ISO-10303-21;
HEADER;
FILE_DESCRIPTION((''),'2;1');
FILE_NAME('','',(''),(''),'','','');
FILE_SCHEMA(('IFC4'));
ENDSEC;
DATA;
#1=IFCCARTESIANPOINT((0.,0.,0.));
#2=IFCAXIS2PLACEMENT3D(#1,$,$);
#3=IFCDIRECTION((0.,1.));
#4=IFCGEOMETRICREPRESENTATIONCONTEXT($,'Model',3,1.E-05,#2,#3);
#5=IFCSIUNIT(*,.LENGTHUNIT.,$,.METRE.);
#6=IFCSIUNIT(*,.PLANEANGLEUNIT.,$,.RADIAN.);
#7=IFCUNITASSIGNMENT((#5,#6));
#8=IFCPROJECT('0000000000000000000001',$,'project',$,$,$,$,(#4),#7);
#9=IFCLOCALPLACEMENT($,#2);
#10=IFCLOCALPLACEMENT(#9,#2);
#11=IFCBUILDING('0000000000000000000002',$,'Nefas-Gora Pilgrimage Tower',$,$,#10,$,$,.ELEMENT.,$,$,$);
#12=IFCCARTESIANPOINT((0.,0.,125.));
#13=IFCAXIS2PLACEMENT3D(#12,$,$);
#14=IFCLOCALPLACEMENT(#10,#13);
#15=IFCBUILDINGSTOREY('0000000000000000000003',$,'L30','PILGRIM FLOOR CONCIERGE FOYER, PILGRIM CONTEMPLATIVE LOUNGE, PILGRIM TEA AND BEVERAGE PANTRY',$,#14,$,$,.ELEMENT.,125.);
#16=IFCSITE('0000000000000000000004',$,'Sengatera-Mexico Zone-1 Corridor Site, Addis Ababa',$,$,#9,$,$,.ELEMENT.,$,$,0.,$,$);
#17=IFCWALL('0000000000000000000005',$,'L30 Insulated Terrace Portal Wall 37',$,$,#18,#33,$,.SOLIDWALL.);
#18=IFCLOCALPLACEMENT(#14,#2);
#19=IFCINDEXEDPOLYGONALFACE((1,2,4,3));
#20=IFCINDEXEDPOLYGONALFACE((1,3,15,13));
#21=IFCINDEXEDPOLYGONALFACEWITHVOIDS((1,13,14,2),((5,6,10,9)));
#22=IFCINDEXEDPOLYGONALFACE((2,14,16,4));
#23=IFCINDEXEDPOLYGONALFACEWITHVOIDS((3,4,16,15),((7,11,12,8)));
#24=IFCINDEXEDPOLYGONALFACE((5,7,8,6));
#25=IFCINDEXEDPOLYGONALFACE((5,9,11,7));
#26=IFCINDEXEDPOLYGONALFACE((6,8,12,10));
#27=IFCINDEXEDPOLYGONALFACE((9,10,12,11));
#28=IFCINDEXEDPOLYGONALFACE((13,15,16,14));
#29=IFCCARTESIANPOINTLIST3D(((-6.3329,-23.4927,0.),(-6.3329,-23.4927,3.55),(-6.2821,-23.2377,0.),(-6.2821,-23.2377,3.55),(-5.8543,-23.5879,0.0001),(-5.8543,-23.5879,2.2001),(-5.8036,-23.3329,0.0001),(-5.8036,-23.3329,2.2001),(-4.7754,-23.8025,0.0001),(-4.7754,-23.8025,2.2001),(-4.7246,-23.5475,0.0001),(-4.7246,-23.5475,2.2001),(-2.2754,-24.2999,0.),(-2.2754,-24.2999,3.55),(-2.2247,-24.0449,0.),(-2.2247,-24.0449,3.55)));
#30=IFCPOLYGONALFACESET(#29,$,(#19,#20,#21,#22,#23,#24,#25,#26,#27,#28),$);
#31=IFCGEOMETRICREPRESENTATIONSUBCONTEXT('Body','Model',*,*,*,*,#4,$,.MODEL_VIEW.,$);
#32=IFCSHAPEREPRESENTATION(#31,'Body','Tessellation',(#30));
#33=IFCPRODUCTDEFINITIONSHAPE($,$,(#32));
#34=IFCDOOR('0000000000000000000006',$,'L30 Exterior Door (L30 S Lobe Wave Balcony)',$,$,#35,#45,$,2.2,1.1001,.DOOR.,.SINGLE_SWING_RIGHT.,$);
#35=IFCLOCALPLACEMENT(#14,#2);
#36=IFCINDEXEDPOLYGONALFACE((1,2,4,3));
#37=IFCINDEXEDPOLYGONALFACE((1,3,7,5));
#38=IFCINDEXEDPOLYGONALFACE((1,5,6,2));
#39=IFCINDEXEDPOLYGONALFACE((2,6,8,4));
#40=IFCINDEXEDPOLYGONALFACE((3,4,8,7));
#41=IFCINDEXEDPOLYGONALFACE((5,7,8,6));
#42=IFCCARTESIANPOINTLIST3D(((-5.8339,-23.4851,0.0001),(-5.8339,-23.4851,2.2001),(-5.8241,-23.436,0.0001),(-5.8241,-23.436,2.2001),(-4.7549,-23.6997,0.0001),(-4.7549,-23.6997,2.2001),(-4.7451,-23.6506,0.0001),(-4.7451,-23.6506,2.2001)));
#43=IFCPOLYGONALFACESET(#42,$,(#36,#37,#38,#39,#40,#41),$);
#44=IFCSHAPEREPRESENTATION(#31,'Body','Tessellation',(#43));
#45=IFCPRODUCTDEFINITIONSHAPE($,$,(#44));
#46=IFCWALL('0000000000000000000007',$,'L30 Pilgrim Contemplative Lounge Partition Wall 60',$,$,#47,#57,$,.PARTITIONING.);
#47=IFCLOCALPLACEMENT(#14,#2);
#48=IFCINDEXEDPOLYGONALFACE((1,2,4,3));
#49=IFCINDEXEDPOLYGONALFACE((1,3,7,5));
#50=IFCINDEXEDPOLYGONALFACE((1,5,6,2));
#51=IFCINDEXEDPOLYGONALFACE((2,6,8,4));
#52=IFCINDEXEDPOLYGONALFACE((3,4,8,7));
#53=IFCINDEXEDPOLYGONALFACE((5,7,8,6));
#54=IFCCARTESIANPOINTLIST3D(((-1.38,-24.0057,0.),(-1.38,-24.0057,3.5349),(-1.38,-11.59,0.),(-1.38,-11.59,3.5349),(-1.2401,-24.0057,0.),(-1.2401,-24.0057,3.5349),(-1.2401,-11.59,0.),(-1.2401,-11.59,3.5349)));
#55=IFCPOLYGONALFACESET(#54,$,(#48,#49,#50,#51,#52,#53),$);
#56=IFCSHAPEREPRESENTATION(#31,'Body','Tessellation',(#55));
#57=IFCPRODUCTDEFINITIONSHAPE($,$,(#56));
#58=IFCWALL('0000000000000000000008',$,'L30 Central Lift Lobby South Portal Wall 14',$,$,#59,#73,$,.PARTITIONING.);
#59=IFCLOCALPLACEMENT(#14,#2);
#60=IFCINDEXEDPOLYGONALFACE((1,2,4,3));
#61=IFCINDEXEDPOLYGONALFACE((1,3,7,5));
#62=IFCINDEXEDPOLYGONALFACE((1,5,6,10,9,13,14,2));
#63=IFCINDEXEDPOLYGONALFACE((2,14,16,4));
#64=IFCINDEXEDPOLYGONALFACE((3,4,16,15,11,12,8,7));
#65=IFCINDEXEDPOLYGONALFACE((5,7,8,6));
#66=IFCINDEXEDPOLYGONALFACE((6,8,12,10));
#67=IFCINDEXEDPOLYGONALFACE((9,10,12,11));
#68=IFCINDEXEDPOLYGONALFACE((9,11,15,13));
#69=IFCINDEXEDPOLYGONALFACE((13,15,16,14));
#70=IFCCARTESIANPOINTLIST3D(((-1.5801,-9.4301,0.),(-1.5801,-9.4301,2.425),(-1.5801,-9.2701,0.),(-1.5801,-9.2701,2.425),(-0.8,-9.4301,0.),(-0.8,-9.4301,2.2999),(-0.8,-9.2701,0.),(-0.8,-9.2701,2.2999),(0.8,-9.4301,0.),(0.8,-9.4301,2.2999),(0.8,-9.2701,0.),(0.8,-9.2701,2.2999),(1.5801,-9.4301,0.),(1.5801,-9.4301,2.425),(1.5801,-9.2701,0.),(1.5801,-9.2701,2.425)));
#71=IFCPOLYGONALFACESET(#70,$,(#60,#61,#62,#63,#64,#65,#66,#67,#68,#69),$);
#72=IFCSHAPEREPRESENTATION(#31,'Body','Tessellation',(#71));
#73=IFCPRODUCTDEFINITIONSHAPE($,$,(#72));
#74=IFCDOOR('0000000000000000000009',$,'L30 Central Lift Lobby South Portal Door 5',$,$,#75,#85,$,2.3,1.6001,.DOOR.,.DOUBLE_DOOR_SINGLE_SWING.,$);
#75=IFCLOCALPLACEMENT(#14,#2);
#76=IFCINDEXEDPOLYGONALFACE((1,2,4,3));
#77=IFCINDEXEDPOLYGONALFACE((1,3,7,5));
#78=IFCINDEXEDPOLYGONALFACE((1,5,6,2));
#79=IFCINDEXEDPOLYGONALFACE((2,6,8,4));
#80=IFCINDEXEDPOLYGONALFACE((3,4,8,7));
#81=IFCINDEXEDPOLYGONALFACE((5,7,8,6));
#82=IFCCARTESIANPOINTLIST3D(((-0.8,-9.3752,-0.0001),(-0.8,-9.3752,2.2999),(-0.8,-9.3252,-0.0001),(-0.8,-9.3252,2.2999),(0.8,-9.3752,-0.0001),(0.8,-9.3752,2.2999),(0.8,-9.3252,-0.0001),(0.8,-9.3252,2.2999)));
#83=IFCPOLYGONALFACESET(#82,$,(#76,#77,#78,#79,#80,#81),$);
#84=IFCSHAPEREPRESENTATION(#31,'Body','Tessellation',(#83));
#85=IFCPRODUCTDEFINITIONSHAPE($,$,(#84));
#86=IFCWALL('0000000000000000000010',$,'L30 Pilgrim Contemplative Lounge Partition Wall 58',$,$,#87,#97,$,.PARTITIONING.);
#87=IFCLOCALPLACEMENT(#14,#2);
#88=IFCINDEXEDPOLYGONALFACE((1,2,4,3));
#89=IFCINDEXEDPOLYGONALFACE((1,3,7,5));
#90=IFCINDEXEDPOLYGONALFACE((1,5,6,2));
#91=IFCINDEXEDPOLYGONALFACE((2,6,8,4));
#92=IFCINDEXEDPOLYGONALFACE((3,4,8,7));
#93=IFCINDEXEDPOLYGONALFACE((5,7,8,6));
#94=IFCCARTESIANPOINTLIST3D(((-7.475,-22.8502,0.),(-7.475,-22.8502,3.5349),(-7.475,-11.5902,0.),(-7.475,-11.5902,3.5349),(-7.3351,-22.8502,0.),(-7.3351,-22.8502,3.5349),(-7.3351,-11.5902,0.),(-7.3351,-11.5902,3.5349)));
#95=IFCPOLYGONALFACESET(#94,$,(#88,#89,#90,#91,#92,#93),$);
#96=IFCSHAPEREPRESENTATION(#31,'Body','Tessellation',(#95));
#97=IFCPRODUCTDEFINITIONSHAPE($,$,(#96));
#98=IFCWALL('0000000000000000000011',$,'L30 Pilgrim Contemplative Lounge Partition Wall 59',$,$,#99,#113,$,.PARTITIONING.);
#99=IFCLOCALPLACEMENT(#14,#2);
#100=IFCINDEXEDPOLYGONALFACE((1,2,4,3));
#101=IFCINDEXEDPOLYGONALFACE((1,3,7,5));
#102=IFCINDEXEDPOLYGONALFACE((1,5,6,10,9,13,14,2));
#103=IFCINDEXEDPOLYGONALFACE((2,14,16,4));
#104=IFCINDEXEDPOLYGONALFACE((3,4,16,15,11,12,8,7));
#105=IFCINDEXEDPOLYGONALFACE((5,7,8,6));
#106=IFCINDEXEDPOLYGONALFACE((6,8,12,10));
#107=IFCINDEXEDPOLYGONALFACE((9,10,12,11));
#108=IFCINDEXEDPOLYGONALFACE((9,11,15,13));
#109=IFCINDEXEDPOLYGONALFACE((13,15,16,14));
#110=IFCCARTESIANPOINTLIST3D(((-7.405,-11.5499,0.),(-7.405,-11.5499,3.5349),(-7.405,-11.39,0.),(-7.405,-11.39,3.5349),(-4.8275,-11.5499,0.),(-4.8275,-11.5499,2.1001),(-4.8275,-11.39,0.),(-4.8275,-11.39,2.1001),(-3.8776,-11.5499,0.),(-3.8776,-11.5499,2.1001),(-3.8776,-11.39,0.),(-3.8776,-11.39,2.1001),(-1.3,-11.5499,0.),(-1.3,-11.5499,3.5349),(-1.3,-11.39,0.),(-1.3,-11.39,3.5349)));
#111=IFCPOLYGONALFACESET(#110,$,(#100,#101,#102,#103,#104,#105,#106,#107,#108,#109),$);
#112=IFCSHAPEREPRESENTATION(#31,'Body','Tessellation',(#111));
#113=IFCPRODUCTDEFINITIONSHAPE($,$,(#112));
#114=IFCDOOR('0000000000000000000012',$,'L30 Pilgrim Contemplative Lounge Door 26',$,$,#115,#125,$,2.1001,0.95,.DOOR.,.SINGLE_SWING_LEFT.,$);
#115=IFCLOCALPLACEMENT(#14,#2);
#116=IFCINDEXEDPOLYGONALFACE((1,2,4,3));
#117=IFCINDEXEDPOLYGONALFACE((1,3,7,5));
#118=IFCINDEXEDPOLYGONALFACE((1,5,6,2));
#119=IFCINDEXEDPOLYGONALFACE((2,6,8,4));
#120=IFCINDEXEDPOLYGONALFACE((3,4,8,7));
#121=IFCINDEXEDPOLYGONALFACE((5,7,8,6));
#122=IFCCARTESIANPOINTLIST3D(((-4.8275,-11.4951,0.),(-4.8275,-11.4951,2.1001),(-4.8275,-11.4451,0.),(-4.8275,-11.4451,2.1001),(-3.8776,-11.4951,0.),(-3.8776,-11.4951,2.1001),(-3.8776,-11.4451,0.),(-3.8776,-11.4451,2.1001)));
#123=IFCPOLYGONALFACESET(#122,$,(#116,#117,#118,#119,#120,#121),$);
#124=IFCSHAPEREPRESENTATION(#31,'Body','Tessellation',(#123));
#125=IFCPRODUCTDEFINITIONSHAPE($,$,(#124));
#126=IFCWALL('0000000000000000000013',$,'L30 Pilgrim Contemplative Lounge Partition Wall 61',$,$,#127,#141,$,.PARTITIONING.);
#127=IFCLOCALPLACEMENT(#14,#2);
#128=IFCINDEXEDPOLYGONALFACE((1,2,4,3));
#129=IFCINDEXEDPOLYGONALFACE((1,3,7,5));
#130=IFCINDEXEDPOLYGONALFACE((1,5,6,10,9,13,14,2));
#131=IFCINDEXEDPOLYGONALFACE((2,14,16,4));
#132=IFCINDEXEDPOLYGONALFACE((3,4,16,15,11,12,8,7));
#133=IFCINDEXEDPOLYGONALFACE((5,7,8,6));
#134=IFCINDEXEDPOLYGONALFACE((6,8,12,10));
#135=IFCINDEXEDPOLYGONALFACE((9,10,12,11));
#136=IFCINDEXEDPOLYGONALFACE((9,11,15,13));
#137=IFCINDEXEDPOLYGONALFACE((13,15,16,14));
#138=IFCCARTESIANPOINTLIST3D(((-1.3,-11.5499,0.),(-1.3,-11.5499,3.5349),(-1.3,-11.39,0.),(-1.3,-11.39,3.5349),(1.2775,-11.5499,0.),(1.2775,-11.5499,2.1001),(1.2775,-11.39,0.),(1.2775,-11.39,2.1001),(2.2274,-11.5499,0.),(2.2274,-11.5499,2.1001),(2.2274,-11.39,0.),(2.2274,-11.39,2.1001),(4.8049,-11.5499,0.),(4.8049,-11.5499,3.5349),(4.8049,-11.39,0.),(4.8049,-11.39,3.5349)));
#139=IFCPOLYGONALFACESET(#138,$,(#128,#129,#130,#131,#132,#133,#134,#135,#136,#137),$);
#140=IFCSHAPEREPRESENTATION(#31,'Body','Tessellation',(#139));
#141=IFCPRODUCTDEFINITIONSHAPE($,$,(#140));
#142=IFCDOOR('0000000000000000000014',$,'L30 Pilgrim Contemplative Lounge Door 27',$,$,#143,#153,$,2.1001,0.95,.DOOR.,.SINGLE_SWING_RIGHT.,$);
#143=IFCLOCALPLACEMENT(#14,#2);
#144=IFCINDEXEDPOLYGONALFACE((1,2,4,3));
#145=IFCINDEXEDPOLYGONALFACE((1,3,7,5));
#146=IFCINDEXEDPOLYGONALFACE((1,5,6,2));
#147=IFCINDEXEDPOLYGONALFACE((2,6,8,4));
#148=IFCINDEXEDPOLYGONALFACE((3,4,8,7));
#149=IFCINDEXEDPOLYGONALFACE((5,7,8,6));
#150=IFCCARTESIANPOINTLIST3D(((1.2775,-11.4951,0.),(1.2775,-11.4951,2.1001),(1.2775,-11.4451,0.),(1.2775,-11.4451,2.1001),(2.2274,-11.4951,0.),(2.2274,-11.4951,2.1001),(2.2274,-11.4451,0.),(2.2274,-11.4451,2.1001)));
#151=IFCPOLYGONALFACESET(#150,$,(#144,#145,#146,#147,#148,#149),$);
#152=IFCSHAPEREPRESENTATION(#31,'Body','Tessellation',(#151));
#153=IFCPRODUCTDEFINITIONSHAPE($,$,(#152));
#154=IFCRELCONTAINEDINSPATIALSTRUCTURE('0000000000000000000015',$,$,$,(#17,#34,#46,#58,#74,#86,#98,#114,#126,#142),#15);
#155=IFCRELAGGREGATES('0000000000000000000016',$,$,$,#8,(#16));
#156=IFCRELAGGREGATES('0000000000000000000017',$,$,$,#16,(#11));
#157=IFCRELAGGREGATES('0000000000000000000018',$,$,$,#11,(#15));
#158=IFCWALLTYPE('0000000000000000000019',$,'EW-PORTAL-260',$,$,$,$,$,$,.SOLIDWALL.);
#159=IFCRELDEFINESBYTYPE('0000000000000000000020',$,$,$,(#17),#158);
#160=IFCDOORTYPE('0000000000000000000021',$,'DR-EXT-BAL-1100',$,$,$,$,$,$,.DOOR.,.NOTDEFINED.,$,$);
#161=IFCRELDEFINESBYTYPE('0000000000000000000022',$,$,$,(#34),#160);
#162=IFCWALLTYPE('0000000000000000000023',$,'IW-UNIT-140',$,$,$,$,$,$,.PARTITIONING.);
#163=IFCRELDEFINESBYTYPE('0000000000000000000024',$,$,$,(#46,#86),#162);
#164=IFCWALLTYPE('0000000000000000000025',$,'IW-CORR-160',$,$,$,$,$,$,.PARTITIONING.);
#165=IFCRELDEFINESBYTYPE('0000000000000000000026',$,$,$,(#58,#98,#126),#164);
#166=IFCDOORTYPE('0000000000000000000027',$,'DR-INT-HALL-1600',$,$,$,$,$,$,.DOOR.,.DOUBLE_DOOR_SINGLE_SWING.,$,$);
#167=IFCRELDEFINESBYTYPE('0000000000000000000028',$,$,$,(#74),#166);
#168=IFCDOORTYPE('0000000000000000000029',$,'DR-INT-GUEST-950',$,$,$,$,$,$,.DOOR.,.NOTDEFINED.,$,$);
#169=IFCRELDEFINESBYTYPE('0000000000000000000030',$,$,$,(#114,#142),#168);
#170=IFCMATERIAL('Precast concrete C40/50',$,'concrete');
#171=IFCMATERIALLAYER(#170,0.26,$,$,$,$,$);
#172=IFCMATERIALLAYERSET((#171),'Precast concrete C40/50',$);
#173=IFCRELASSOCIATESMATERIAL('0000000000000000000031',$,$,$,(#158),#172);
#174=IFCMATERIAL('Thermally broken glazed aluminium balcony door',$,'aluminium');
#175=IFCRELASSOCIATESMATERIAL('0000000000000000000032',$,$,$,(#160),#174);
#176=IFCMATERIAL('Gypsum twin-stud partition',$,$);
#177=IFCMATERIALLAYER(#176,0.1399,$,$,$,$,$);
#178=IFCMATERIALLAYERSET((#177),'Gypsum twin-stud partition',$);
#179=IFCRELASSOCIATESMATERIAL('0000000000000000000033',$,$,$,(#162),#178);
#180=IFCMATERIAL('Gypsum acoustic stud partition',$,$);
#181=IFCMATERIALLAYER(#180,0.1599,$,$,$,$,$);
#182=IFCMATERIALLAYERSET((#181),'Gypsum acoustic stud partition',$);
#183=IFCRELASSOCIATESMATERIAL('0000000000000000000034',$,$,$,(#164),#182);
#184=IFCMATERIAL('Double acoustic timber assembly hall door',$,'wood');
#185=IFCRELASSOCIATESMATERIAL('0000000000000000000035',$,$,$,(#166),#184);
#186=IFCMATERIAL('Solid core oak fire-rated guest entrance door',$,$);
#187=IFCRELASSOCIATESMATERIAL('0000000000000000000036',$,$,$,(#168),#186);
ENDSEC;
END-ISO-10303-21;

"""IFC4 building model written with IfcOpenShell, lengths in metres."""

from ifc_helpers import new_model, si_unit, direction, frame, frame_2d, origin, place, context, subcontext, project, spatial, rectangle, extrude, source, transform, mapped, material, layer, layer_set, type_object, element, fill, save


model = new_model("IFC4")

# Units and contexts
model_context = context("Model", 3, precision=1e-05, world=origin(), true_north=direction((0.0, 1.0)))
body_context = subcontext(model_context, "Body", "Model", "MODEL_VIEW")
ifc_project = project(units=[si_unit("LENGTHUNIT", "METRE"), si_unit("PLANEANGLEUNIT", "RADIAN")], contexts=[model_context])

# Site, building, storey
site_placement = place(None, origin())
site = spatial("IfcSite", under=ifc_project, at=site_placement, Name="Sengatera-Mexico Zone-1 Corridor Site, Addis Ababa", CompositionType="ELEMENT", RefElevation=0.0)
building_placement = place(site_placement, origin())
building = spatial("IfcBuilding", under=site, at=building_placement, Name="Nefas-Gora Pilgrimage Tower", CompositionType="ELEMENT")
storey_placement = place(building_placement, frame((0.0, 0.0, 125.0)))
storey = spatial("IfcBuildingStorey", under=building, at=storey_placement, Name="L30", Description="PILGRIM FLOOR CONCIERGE FOYER, PILGRIM CONTEMPLATIVE LOUNGE, PILGRIM TEA AND BEVERAGE PANTRY", CompositionType="ELEMENT", Elevation=125.0)

# Shared definitions
ifc_material_1 = material(Name="Precast concrete C40/50", Category="concrete")
ifc_layer_1 = layer(ifc_material_1, 0.26)
ifc_layer_set_1 = layer_set([ifc_layer_1], Name="Precast concrete C40/50")
wall_type_1 = type_object("IfcWallType", Name="EW-PORTAL-260", PredefinedType="SOLIDWALL", material=ifc_layer_set_1)

# Wall, opening, door
shared_shape_1 = source(origin(), body_context, "Body", "SweptSolid", [
    extrude(rectangle(XDim=4.137, YDim=0.26, at=frame_2d((2.0684, 0.0))), origin(), (0.0, 0.0, 1.0), 3.55),
])
wall_1_placement = place(storey_placement, frame((-6.3074, -23.3652, 0.0), z_axis=(0.0, 0.0, 1.0), x_axis=(0.980782, -0.195106, 0.0)))
wall_1 = element("IfcWall", 1, at=wall_1_placement, inside=storey, type_object=wall_type_1, Name="L30 Insulated Terrace Portal Wall 37", PredefinedType="SOLIDWALL", context=body_context, shape_type="MappedRepresentation", body=[
    mapped(shared_shape_1, transform((0.0, 0.0, 0.0), x_axis=(1.0, 0.0, 0.0), y_axis=(0.0, 1.0, 0.0), z_axis=(0.0, 0.0, 1.0), scale=1.0)),
])
opening_1_placement = place(wall_1_placement, frame((0.4878, 0.0, 0.0)))
opening_1 = element("IfcOpeningElement", 2, at=opening_1_placement, cuts=wall_1, PredefinedType="OPENING", context=body_context, shape_type="SweptSolid", body=[
    extrude(rectangle(XDim=1.1001, YDim=2.2, at=frame_2d((0.55, 1.1001))), frame((0.0, 0.1399, 0.0), z_axis=(0.0, -1.0, 0.0), x_axis=(1.0, 0.0, 0.0)), (0.0, 0.0, 1.0), 0.28),
])
ifc_material_2 = material(Name="Thermally broken glazed aluminium balcony door", Category="aluminium")
door_type_1 = type_object("IfcDoorType", Name="DR-EXT-BAL-1100", OperationType="NOTDEFINED", PredefinedType="DOOR", material=ifc_material_2)
shared_shape_2 = source(origin(), body_context, "Body", "SweptSolid", [
    extrude(rectangle(XDim=1.1001, YDim=2.2, at=frame_2d((0.55, 1.1001))), frame((0.0, 0.0249, 0.0), z_axis=(0.0, -1.0, 0.0), x_axis=(1.0, 0.0, 0.0)), (0.0, 0.0, 1.0), 0.05),
])
door_1_placement = place(opening_1_placement, origin())
door_1 = element("IfcDoor", 3, at=door_1_placement, inside=storey, type_object=door_type_1, Name="L30 Exterior Door (L30 S Lobe Wave Balcony)", OperationType="SINGLE_SWING_RIGHT", OverallHeight=2.2, OverallWidth=1.1001, PredefinedType="DOOR", context=body_context, shape_type="MappedRepresentation", body=[
    mapped(shared_shape_2, transform((0.0, 0.0, 0.0), x_axis=(1.0, 0.0, 0.0), y_axis=(0.0, 1.0, 0.0), z_axis=(0.0, 0.0, 1.0), scale=1.0)),
])
fill(opening_1, door_1)

# Wall
ifc_material_3 = material(Name="Gypsum twin-stud partition")
ifc_layer_2 = layer(ifc_material_3, 0.1399)
ifc_layer_set_2 = layer_set([ifc_layer_2], Name="Gypsum twin-stud partition")
wall_type_2 = type_object("IfcWallType", Name="IW-UNIT-140", PredefinedType="PARTITIONING", material=ifc_layer_set_2)
shared_shape_3 = source(origin(), body_context, "Body", "SweptSolid", [
    extrude(rectangle(XDim=12.4158, YDim=0.1399, at=frame_2d((6.208, 0.0))), origin(), (0.0, 0.0, 1.0), 3.5349),
])
wall_2_placement = place(storey_placement, frame((-1.3101, -24.0059, 0.0), z_axis=(0.0, 0.0, 1.0), x_axis=(0.0, 1.0, 0.0)))
element("IfcWall", 4, at=wall_2_placement, inside=storey, type_object=wall_type_2, Name="L30 Pilgrim Contemplative Lounge Partition Wall 60", PredefinedType="PARTITIONING", context=body_context, shape_type="MappedRepresentation", body=[
    mapped(shared_shape_3, transform((0.0, 0.0, 0.0), x_axis=(1.0, 0.0, 0.0), y_axis=(0.0, 1.0, 0.0), z_axis=(0.0, 0.0, 1.0), scale=1.0)),
])

# Wall, opening, door
ifc_material_4 = material(Name="Gypsum acoustic stud partition")
ifc_layer_3 = layer(ifc_material_4, 0.1599)
ifc_layer_set_3 = layer_set([ifc_layer_3], Name="Gypsum acoustic stud partition")
wall_type_3 = type_object("IfcWallType", Name="IW-CORR-160", PredefinedType="PARTITIONING", material=ifc_layer_set_3)
shared_shape_4 = source(origin(), body_context, "Body", "SweptSolid", [
    extrude(rectangle(XDim=3.1602, YDim=0.1599, at=frame_2d((1.5801, 0.0))), origin(), (0.0, 0.0, 1.0), 2.425),
])
wall_3_placement = place(storey_placement, frame((-1.5801, -9.3501, 0.0), z_axis=(0.0, 0.0, 1.0), x_axis=(1.0, 0.0, 0.0)))
wall_3 = element("IfcWall", 5, at=wall_3_placement, inside=storey, type_object=wall_type_3, Name="L30 Central Lift Lobby South Portal Wall 14", PredefinedType="PARTITIONING", context=body_context, shape_type="MappedRepresentation", body=[
    mapped(shared_shape_4, transform((0.0, 0.0, 0.0), x_axis=(1.0, 0.0, 0.0), y_axis=(0.0, 1.0, 0.0), z_axis=(0.0, 0.0, 1.0), scale=1.0)),
])
opening_2_placement = place(wall_3_placement, frame((0.78, 0.0, 0.0)))
opening_2 = element("IfcOpeningElement", 6, at=opening_2_placement, cuts=wall_3, PredefinedType="OPENING", context=body_context, shape_type="SweptSolid", body=[
    extrude(rectangle(XDim=1.6001, YDim=2.3, at=frame_2d((0.8, 1.1499))), frame((0.0, 0.0898, 0.0), z_axis=(0.0, -1.0, 0.0), x_axis=(1.0, 0.0, 0.0)), (0.0, 0.0, 1.0), 0.1799),
])
ifc_material_5 = material(Name="Double acoustic timber assembly hall door", Category="wood")
door_type_2 = type_object("IfcDoorType", Name="DR-INT-HALL-1600", OperationType="DOUBLE_DOOR_SINGLE_SWING", PredefinedType="DOOR", material=ifc_material_5)
shared_shape_5 = source(origin(), body_context, "Body", "SweptSolid", [
    extrude(rectangle(XDim=1.6001, YDim=2.3, at=frame_2d((0.8, 1.1499))), frame((0.0, 0.0249, 0.0), z_axis=(0.0, -1.0, 0.0), x_axis=(1.0, 0.0, 0.0)), (0.0, 0.0, 1.0), 0.05),
])
door_2_placement = place(opening_2_placement, origin())
door_2 = element("IfcDoor", 7, at=door_2_placement, inside=storey, type_object=door_type_2, Name="L30 Central Lift Lobby South Portal Door 5", OperationType="DOUBLE_DOOR_SINGLE_SWING", OverallHeight=2.3, OverallWidth=1.6001, PredefinedType="DOOR", context=body_context, shape_type="MappedRepresentation", body=[
    mapped(shared_shape_5, transform((0.0, 0.0, 0.0), x_axis=(1.0, 0.0, 0.0), y_axis=(0.0, 1.0, 0.0), z_axis=(0.0, 0.0, 1.0), scale=1.0)),
])
fill(opening_2, door_2)

# Wall
shared_shape_6 = source(origin(), body_context, "Body", "SweptSolid", [
    extrude(rectangle(XDim=11.26, YDim=0.1399, at=frame_2d((5.6299, 0.0))), origin(), (0.0, 0.0, 1.0), 3.5349),
])
wall_4_placement = place(storey_placement, frame((-7.405, -22.8501, 0.0), z_axis=(0.0, 0.0, 1.0), x_axis=(0.0, 1.0, 0.0)))
element("IfcWall", 8, at=wall_4_placement, inside=storey, type_object=wall_type_2, Name="L30 Pilgrim Contemplative Lounge Partition Wall 58", PredefinedType="PARTITIONING", context=body_context, shape_type="MappedRepresentation", body=[
    mapped(shared_shape_6, transform((0.0, 0.0, 0.0), x_axis=(1.0, 0.0, 0.0), y_axis=(0.0, 1.0, 0.0), z_axis=(0.0, 0.0, 1.0), scale=1.0)),
])

# Walls, openings, doors
shared_shape_7 = source(origin(), body_context, "Body", "SweptSolid", [
    extrude(rectangle(XDim=6.105, YDim=0.1599, at=frame_2d((3.0525, 0.0))), origin(), (0.0, 0.0, 1.0), 3.5349),
])
wall_5_placement = place(storey_placement, frame((-7.405, -11.47, 0.0), z_axis=(0.0, 0.0, 1.0), x_axis=(1.0, 0.0, 0.0)))
wall_5 = element("IfcWall", 9, at=wall_5_placement, inside=storey, type_object=wall_type_3, Name="L30 Pilgrim Contemplative Lounge Partition Wall 59", PredefinedType="PARTITIONING", context=body_context, shape_type="MappedRepresentation", body=[
    mapped(shared_shape_7, transform((0.0, 0.0, 0.0), x_axis=(1.0, 0.0, 0.0), y_axis=(0.0, 1.0, 0.0), z_axis=(0.0, 0.0, 1.0), scale=1.0)),
])
opening_3_placement = place(wall_5_placement, frame((2.5774, 0.0, 0.0)))
opening_3 = element("IfcOpeningElement", 10, at=opening_3_placement, cuts=wall_5, PredefinedType="OPENING", context=body_context, shape_type="SweptSolid", body=[
    extrude(rectangle(XDim=0.95, YDim=2.1001, at=frame_2d((0.4751, 1.05))), frame((0.0, 0.0898, 0.0), z_axis=(0.0, -1.0, 0.0), x_axis=(1.0, 0.0, 0.0)), (0.0, 0.0, 1.0), 0.1799),
])
ifc_material_6 = material(Name="Solid core oak fire-rated guest entrance door")
door_type_3 = type_object("IfcDoorType", Name="DR-INT-GUEST-950", OperationType="NOTDEFINED", PredefinedType="DOOR", material=ifc_material_6)
shared_shape_8 = source(origin(), body_context, "Body", "SweptSolid", [
    extrude(rectangle(XDim=0.95, YDim=2.1001, at=frame_2d((0.4751, 1.05))), frame((0.0, 0.0249, 0.0), z_axis=(0.0, -1.0, 0.0), x_axis=(1.0, 0.0, 0.0)), (0.0, 0.0, 1.0), 0.05),
])
door_3_placement = place(opening_3_placement, origin())
door_3 = element("IfcDoor", 11, at=door_3_placement, inside=storey, type_object=door_type_3, Name="L30 Pilgrim Contemplative Lounge Door 26", OperationType="SINGLE_SWING_LEFT", OverallHeight=2.1001, OverallWidth=0.95, PredefinedType="DOOR", context=body_context, shape_type="MappedRepresentation", body=[
    mapped(shared_shape_8, transform((0.0, 0.0, 0.0), x_axis=(1.0, 0.0, 0.0), y_axis=(0.0, 1.0, 0.0), z_axis=(0.0, 0.0, 1.0), scale=1.0)),
])
fill(opening_3, door_3)
wall_6_placement = place(storey_placement, frame((-1.3, -11.47, 0.0), z_axis=(0.0, 0.0, 1.0), x_axis=(1.0, 0.0, 0.0)))
wall_6 = element("IfcWall", 12, at=wall_6_placement, inside=storey, type_object=wall_type_3, Name="L30 Pilgrim Contemplative Lounge Partition Wall 61", PredefinedType="PARTITIONING", context=body_context, shape_type="MappedRepresentation", body=[
    mapped(shared_shape_7, transform((0.0, 0.0, 0.0), x_axis=(1.0, 0.0, 0.0), y_axis=(0.0, 1.0, 0.0), z_axis=(0.0, 0.0, 1.0), scale=1.0)),
])
opening_4_placement = place(wall_6_placement, frame((2.5774, 0.0, 0.0)))
opening_4 = element("IfcOpeningElement", 13, at=opening_4_placement, cuts=wall_6, PredefinedType="OPENING", context=body_context, shape_type="SweptSolid", body=[
    extrude(rectangle(XDim=0.95, YDim=2.1001, at=frame_2d((0.4751, 1.05))), frame((0.0, 0.0898, 0.0), z_axis=(0.0, -1.0, 0.0), x_axis=(1.0, 0.0, 0.0)), (0.0, 0.0, 1.0), 0.1799),
])
door_4_placement = place(opening_4_placement, origin())
door_4 = element("IfcDoor", 14, at=door_4_placement, inside=storey, type_object=door_type_3, Name="L30 Pilgrim Contemplative Lounge Door 27", OperationType="SINGLE_SWING_RIGHT", OverallHeight=2.1001, OverallWidth=0.95, PredefinedType="DOOR", context=body_context, shape_type="MappedRepresentation", body=[
    mapped(shared_shape_8, transform((0.0, 0.0, 0.0), x_axis=(1.0, 0.0, 0.0), y_axis=(0.0, 1.0, 0.0), z_axis=(0.0, 0.0, 1.0), scale=1.0)),
])
fill(opening_4, door_4)

save(model, "model.ifc")
